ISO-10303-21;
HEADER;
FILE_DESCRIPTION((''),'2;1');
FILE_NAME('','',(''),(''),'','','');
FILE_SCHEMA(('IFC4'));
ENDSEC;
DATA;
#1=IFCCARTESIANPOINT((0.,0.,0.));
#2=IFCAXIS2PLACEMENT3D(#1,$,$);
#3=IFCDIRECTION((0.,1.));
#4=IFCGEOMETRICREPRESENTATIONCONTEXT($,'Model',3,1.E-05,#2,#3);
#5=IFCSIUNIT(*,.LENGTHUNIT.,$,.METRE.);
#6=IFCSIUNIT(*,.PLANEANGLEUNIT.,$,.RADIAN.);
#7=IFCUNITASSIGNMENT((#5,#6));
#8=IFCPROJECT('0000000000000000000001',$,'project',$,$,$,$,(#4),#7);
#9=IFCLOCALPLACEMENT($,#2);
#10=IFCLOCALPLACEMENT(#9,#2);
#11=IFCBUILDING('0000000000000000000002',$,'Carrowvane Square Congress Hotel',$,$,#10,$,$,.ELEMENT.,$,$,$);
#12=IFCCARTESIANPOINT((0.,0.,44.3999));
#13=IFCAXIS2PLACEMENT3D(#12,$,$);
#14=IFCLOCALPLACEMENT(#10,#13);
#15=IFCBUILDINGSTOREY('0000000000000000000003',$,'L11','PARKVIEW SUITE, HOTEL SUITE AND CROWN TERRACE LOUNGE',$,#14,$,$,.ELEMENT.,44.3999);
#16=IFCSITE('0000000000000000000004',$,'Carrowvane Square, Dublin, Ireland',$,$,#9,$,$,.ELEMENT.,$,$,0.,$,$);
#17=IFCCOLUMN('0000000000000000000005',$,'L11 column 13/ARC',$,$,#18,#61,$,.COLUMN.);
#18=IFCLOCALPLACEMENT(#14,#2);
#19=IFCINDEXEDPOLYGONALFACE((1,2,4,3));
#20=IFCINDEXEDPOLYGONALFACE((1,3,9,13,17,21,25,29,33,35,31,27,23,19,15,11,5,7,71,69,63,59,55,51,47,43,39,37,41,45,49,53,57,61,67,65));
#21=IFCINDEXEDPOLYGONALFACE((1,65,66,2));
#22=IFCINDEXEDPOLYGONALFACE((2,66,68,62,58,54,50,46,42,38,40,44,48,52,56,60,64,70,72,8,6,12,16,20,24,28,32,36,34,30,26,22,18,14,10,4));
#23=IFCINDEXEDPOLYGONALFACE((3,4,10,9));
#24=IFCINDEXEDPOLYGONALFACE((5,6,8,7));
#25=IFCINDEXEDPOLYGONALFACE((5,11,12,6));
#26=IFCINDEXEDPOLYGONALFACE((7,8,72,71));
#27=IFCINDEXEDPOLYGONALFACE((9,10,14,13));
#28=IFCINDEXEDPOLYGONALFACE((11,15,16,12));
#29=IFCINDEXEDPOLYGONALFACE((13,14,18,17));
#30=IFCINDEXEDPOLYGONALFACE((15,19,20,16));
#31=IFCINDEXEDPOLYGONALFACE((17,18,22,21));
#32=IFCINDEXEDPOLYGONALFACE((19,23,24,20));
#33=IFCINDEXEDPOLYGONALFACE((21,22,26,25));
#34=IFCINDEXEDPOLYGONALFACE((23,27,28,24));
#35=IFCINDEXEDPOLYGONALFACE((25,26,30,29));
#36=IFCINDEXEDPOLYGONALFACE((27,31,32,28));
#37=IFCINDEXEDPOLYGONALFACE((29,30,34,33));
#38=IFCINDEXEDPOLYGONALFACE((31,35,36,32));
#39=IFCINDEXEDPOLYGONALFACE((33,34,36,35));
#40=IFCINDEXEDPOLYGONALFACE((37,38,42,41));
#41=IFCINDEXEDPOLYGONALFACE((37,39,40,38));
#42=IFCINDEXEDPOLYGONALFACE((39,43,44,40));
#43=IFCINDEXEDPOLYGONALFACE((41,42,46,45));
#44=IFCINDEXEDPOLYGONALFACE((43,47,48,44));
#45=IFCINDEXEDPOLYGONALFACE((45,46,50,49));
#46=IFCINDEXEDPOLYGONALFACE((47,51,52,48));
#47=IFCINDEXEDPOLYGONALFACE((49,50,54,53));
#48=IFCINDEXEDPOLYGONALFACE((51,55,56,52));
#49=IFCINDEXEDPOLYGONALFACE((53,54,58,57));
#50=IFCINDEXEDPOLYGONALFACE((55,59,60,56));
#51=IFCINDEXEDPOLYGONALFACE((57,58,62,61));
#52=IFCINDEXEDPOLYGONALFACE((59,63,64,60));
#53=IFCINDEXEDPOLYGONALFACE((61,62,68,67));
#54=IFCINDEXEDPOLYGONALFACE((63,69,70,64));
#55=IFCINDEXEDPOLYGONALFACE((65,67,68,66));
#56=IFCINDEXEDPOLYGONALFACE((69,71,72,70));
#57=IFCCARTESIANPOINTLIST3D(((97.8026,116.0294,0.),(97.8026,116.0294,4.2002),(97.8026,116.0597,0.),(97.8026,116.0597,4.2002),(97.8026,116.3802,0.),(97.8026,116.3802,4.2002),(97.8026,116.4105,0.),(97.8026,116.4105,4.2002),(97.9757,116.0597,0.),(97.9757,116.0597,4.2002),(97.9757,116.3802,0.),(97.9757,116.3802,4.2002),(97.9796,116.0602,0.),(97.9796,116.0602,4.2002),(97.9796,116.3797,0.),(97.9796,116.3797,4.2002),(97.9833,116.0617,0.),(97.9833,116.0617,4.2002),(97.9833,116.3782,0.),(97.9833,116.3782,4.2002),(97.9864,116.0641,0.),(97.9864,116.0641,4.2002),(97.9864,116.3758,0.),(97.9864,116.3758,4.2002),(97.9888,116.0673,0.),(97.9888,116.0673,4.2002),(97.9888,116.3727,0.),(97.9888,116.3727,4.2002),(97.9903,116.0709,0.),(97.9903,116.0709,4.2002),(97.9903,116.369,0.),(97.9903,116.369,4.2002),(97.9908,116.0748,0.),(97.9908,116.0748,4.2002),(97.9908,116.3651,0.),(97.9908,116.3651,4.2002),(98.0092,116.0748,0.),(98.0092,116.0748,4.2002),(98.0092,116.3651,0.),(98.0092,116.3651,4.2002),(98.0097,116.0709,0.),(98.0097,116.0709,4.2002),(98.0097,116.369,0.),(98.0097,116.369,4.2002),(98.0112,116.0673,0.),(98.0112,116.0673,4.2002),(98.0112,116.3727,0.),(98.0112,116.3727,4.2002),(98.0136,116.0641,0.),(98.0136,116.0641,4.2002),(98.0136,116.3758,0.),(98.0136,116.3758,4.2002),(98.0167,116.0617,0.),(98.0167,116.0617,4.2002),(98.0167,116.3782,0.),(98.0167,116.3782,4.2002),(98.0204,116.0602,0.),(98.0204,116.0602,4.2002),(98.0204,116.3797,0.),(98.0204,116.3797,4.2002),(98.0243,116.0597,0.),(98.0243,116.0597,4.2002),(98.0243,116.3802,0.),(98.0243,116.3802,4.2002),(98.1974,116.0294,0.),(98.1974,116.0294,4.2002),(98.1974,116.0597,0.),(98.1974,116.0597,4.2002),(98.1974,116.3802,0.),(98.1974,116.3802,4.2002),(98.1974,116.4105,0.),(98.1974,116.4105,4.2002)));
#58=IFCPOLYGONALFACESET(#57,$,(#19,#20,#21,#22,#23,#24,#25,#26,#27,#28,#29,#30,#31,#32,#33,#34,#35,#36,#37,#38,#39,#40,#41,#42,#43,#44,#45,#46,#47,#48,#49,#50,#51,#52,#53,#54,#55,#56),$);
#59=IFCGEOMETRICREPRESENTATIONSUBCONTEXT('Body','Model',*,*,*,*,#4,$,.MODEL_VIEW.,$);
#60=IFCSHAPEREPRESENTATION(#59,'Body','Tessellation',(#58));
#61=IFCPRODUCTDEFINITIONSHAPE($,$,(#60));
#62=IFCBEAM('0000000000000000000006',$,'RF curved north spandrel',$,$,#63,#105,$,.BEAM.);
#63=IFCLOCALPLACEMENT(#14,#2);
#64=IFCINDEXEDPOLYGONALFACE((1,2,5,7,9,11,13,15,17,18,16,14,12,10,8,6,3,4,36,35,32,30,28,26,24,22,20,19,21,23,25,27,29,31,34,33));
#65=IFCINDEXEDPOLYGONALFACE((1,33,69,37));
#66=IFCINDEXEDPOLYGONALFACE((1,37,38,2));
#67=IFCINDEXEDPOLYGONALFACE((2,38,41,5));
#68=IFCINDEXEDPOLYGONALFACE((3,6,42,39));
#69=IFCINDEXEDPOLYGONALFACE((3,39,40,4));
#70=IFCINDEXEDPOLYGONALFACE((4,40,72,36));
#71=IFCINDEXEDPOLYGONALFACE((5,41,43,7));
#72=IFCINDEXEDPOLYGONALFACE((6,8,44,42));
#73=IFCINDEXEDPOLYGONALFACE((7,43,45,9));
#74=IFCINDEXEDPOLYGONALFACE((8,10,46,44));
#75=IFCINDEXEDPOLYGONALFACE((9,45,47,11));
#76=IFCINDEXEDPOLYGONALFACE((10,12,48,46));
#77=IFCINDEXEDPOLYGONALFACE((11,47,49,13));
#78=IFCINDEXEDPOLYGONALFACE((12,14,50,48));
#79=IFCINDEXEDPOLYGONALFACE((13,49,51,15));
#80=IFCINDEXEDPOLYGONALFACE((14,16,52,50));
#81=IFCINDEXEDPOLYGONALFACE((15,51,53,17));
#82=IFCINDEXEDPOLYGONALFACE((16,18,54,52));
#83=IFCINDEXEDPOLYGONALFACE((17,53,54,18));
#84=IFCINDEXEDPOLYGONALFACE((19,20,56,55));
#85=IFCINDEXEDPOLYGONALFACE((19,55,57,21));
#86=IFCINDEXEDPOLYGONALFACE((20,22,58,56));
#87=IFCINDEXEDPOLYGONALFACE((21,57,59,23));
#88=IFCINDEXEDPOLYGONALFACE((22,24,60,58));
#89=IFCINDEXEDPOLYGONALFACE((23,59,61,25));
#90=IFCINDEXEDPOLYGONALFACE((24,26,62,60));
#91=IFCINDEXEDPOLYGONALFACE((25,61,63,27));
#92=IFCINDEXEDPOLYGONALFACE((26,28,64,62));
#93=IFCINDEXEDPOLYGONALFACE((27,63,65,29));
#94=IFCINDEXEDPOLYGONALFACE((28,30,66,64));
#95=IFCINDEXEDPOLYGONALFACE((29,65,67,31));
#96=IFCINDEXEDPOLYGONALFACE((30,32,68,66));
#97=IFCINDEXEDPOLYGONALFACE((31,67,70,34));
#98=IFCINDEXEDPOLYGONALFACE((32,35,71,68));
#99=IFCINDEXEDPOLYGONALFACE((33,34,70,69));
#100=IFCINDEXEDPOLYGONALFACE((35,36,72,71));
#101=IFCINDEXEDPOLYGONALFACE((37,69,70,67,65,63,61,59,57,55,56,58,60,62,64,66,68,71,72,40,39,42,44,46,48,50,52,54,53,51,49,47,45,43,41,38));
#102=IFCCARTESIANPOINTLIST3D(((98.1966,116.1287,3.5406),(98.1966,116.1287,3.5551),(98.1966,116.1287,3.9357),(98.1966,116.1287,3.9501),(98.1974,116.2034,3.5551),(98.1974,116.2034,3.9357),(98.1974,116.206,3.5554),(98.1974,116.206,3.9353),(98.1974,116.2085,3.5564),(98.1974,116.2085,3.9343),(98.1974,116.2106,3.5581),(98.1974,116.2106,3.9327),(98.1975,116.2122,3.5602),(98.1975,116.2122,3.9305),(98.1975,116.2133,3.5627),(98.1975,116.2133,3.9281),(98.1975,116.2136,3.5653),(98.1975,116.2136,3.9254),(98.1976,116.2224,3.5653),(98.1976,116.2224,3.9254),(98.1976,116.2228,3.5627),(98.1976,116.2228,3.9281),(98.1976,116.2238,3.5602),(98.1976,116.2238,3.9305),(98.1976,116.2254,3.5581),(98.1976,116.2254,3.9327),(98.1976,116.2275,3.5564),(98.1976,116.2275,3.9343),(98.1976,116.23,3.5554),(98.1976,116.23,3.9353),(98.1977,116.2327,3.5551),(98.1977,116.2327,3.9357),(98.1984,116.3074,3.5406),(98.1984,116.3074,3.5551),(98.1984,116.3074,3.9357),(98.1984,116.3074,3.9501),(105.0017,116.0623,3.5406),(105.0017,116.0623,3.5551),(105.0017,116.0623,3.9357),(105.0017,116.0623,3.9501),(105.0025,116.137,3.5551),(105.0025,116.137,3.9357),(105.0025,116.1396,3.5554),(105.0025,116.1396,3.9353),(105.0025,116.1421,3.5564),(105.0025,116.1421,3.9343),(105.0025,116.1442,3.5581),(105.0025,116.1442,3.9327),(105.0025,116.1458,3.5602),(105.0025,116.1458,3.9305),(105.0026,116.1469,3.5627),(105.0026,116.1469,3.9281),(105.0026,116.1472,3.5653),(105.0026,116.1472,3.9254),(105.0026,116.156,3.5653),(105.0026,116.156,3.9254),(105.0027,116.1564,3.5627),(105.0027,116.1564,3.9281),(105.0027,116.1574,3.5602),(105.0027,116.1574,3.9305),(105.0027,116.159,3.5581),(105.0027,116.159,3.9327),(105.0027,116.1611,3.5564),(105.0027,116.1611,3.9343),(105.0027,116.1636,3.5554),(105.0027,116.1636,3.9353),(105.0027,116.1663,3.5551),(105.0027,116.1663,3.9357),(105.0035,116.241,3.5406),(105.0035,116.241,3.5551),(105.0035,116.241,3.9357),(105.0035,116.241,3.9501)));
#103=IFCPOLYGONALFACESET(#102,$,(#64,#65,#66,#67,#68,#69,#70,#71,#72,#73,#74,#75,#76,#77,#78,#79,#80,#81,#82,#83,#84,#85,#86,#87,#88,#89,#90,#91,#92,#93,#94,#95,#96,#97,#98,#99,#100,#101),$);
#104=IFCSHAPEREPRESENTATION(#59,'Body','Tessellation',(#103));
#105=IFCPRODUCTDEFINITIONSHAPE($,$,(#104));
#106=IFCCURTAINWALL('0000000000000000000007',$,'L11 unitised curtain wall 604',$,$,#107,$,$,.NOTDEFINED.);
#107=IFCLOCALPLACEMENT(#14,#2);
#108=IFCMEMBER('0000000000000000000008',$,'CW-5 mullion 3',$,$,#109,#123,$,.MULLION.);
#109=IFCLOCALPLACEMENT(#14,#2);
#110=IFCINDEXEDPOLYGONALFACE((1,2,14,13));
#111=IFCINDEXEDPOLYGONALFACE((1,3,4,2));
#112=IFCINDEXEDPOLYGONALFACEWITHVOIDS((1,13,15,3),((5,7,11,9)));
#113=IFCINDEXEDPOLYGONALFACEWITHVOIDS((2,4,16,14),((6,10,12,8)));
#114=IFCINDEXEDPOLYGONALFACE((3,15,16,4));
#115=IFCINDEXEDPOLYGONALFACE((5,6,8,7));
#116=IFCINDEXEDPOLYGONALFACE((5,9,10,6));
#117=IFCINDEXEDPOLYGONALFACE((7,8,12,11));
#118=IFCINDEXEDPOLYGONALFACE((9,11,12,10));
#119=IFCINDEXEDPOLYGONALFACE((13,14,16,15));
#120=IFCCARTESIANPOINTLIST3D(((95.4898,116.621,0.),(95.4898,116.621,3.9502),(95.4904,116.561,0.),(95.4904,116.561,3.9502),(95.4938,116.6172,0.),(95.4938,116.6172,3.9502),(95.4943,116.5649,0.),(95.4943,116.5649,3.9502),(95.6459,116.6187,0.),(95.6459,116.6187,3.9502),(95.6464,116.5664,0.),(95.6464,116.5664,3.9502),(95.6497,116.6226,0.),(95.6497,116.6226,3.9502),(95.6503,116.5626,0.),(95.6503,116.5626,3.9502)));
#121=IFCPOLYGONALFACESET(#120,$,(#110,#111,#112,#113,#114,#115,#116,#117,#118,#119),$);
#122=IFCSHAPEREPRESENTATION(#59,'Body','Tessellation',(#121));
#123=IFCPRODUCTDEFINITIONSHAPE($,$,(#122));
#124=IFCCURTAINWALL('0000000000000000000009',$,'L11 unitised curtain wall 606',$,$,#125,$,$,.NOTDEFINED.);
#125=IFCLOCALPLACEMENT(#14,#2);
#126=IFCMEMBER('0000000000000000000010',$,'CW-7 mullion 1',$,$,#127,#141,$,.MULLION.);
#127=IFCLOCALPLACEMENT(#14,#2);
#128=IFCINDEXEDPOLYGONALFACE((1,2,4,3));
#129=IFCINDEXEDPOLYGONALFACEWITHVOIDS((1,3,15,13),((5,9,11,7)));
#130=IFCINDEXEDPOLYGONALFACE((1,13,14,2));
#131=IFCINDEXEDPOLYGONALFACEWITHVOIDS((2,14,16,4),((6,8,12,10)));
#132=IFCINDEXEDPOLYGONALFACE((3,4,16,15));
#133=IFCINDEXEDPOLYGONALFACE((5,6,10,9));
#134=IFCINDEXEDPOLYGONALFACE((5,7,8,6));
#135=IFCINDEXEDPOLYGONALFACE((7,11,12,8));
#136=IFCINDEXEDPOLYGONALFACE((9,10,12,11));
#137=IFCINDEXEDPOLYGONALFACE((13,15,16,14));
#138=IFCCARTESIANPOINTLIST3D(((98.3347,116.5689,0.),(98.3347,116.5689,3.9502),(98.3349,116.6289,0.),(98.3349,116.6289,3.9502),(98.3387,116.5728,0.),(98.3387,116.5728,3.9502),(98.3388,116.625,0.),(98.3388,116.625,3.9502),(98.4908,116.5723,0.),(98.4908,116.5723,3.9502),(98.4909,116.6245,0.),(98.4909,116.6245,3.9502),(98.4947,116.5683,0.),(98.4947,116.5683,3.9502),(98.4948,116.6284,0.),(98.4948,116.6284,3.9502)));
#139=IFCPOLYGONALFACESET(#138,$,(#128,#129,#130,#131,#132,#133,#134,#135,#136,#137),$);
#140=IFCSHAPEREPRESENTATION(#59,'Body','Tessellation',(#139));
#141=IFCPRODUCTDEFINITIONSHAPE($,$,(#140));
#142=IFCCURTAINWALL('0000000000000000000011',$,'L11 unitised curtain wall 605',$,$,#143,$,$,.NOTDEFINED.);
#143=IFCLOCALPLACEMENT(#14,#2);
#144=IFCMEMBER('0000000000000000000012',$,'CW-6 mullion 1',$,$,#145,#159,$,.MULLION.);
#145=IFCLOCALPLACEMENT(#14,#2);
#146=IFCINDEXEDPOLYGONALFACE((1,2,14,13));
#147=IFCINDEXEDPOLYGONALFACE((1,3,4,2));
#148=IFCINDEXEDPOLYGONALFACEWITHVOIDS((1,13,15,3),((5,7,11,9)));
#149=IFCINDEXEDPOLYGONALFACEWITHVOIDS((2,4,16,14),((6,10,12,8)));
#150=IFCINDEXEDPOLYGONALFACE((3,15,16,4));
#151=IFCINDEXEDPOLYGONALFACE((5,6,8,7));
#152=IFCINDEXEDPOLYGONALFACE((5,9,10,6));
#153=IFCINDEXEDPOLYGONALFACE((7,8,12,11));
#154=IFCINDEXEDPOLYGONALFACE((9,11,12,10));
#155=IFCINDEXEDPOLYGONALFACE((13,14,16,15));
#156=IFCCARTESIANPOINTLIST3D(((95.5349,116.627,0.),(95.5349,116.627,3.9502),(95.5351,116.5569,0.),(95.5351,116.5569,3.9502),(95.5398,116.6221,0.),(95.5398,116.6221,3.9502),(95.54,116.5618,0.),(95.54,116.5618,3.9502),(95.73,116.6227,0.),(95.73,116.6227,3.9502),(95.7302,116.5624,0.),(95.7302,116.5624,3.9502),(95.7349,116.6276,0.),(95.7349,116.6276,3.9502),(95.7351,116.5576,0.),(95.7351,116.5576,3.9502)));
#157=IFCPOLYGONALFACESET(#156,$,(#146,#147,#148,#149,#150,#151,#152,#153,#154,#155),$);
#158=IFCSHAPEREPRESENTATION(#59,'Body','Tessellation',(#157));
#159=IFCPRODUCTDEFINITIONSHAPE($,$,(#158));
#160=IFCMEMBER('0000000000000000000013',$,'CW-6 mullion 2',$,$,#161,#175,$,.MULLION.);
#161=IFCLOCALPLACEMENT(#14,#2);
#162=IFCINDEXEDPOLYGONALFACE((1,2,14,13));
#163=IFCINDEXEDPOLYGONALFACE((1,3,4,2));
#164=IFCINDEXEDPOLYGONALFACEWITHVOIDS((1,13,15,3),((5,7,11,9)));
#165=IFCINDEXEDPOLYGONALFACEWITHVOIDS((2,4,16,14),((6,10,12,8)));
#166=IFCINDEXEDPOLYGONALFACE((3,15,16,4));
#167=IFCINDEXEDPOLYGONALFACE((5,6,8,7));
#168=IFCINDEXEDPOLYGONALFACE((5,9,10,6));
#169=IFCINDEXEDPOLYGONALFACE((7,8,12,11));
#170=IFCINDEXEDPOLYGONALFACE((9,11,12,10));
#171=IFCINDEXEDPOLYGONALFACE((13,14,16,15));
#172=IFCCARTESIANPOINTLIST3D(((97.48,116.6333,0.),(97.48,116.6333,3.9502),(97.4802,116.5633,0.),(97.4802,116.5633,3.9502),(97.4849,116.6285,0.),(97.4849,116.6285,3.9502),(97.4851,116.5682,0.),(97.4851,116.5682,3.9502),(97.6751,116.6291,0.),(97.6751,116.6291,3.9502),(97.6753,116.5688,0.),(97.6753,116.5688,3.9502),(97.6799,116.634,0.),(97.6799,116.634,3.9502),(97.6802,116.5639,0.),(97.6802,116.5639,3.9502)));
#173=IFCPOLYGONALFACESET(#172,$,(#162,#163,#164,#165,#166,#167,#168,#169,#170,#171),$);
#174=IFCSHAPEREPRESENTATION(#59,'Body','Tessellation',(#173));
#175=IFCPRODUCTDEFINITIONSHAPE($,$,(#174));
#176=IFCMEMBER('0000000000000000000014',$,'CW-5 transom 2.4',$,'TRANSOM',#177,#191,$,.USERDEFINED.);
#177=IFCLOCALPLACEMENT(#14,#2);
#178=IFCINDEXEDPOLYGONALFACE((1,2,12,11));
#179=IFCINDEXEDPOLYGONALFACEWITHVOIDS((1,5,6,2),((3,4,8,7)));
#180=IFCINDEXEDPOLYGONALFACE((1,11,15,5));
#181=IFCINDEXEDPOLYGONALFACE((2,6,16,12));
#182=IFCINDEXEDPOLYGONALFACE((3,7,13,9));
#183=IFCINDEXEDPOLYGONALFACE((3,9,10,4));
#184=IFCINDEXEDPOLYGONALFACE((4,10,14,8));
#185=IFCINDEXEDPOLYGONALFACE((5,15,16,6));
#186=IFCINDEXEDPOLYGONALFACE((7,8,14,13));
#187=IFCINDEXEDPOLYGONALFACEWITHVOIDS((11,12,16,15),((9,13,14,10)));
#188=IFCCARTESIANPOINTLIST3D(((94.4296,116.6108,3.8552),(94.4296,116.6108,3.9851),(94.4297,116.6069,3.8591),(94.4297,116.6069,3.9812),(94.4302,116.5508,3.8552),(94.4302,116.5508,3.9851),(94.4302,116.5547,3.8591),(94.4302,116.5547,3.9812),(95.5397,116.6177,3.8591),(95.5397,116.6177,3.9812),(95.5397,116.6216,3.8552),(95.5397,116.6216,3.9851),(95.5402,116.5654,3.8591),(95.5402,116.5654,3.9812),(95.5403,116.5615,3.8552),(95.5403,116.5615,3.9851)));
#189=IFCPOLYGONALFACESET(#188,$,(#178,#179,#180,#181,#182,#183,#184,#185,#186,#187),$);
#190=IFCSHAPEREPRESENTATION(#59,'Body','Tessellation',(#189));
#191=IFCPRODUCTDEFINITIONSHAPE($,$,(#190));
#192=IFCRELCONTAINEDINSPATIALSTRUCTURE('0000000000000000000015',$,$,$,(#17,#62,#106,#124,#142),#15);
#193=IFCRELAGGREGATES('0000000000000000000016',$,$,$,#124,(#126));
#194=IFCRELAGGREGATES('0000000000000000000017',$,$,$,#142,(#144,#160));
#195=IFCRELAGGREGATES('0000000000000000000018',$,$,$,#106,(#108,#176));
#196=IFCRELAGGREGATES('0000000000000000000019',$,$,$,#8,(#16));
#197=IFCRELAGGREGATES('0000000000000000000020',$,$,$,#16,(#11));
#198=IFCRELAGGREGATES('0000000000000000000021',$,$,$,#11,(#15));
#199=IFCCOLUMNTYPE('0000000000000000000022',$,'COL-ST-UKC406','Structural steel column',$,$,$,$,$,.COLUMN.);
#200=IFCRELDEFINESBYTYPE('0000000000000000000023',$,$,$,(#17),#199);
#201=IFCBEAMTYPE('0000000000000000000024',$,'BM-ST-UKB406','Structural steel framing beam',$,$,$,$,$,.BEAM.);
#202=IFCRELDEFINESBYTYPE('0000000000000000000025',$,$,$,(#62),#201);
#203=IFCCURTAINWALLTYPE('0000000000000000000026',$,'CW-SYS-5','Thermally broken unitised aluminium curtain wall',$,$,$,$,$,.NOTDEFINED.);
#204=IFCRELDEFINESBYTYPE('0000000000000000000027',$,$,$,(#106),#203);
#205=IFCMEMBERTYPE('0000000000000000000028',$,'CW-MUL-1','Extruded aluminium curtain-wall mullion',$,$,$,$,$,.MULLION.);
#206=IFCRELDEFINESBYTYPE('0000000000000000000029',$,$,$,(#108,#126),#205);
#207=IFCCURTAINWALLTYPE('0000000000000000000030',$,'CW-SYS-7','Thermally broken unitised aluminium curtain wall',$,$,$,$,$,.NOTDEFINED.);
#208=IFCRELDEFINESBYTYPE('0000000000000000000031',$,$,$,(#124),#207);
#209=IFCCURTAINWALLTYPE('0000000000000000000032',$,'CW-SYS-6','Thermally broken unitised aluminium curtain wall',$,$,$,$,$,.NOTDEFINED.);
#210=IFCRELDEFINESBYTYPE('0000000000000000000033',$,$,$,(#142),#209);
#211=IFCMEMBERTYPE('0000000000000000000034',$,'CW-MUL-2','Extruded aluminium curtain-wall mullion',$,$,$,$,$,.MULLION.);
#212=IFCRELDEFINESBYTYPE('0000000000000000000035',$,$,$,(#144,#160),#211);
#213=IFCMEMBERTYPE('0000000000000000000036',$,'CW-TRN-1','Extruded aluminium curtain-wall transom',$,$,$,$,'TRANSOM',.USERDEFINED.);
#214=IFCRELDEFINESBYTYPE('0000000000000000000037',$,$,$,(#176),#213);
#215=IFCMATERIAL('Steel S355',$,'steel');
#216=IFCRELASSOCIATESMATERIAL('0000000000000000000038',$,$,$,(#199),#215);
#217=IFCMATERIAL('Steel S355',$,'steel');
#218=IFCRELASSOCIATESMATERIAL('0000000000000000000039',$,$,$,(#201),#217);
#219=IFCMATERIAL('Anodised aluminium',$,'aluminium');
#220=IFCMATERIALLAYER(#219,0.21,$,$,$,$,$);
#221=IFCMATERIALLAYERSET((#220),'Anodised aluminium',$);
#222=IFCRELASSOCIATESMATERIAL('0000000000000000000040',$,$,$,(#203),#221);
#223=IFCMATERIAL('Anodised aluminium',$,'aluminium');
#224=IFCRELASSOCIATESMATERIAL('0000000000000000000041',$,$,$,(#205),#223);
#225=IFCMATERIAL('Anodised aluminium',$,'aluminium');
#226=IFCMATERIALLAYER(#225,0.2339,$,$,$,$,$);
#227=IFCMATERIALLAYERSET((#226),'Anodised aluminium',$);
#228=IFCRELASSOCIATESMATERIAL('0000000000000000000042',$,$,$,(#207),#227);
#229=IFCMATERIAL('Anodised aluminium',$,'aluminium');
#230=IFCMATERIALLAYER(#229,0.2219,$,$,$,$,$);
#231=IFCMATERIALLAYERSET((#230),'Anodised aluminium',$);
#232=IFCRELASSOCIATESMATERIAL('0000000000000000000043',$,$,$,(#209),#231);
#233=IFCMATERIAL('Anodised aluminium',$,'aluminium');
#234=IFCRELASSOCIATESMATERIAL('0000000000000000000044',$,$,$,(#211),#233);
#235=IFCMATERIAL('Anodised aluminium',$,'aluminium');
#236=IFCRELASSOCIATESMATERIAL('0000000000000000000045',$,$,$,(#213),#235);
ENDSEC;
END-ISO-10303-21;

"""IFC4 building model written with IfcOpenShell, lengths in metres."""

from ifc_helpers import new_model, si_unit, direction, frame, origin, origin_2d, place, context, subcontext, project, spatial, hollow_rectangle, i_section, extrude, material, layer, layer_set, material_profile, profile_set, type_object, element, aggregate, save


model = new_model("IFC4")

# Units and contexts
model_context = context("Model", 3, precision=1e-05, world=origin(), true_north=direction((0.0, 1.0)))
body_context = subcontext(model_context, "Body", "Model", "MODEL_VIEW")
ifc_project = project(units=[si_unit("LENGTHUNIT", "METRE"), si_unit("PLANEANGLEUNIT", "RADIAN")], contexts=[model_context])

# Site, building, storey
site_placement = place(None, origin())
site = spatial("IfcSite", under=ifc_project, at=site_placement, Name="Carrowvane Square, Dublin, Ireland", CompositionType="ELEMENT", RefElevation=0.0)
building_placement = place(site_placement, origin())
building = spatial("IfcBuilding", under=site, at=building_placement, Name="Carrowvane Square Congress Hotel", CompositionType="ELEMENT")
storey_placement = place(building_placement, frame((0.0, 0.0, 44.3999)))
storey = spatial("IfcBuildingStorey", under=building, at=storey_placement, Name="L11", Description="PARKVIEW SUITE, HOTEL SUITE AND CROWN TERRACE LOUNGE", CompositionType="ELEMENT", Elevation=44.3999)

# Column
ifc_material_1 = material(Name="Steel S355", Category="steel")
ifc_material_profile_1 = material_profile(ifc_material_1, i_section(OverallWidth=0.3948, OverallDepth=0.3811, WebThickness=0.0183, FlangeThickness=0.0303, FilletRadius=0.0151, at=origin_2d()), Name="UKC 356x406x235")
ifc_profile_set_1 = profile_set([ifc_material_profile_1], Name="Steel S355")
column_type = type_object("IfcColumnType", Name="COL-ST-UKC406", Description="Structural steel column", PredefinedType="COLUMN", material=ifc_profile_set_1)
column_placement = place(storey_placement, frame((98.0, 116.22, 0.0), z_axis=(0.0, 0.0, 1.0), x_axis=(1.0, 0.0, 0.0)))
element("IfcColumn", 1, at=column_placement, inside=storey, type_object=column_type, Name="L11 column 13/ARC", PredefinedType="COLUMN", context=body_context, shape_type="SweptSolid", body=[
    extrude(i_section(OverallWidth=0.3948, OverallDepth=0.3811, WebThickness=0.0183, FlangeThickness=0.0303, FilletRadius=0.0151, at=origin_2d()), origin(), (0.0, 0.0, 1.0), 4.2002),
])

# Beam
ifc_material_2 = material(Name="Steel S355", Category="steel")
ifc_material_profile_2 = material_profile(ifc_material_2, i_section(OverallWidth=0.1787, OverallDepth=0.4094, WebThickness=0.0088, FlangeThickness=0.0144, FilletRadius=0.0103, at=origin_2d()), Name="UKB 406x178x67")
ifc_profile_set_2 = profile_set([ifc_material_profile_2], Name="Steel S355")
beam_type = type_object("IfcBeamType", Name="BM-ST-UKB406", Description="Structural steel framing beam", PredefinedType="BEAM", material=ifc_profile_set_2)
beam_placement = place(storey_placement, frame((98.1975, 116.218, 3.7454), z_axis=(0.999952, -0.009758, 0.0), x_axis=(0.009758, 0.999952, 0.0)))
element("IfcBeam", 2, at=beam_placement, inside=storey, type_object=beam_type, Name="RF curved north spandrel", PredefinedType="BEAM", context=body_context, shape_type="SweptSolid", body=[
    extrude(i_section(OverallWidth=0.1787, OverallDepth=0.4094, WebThickness=0.0088, FlangeThickness=0.0144, FilletRadius=0.0103, at=origin_2d()), origin(), (0.0, 0.0, 1.0), 6.8054),
])

# Curtain walls, members
ifc_material_3 = material(Name="Anodised aluminium", Category="aluminium")
ifc_layer_1 = layer(ifc_material_3, 0.21)
ifc_layer_set_1 = layer_set([ifc_layer_1], Name="Anodised aluminium")
curtain_wall_type_1 = type_object("IfcCurtainWallType", Name="CW-SYS-5", Description="Thermally broken unitised aluminium curtain wall", PredefinedType="NOTDEFINED", material=ifc_layer_set_1)
curtain_wall_1_placement = place(storey_placement, origin())
curtain_wall_1 = element("IfcCurtainWall", 3, at=curtain_wall_1_placement, inside=storey, type_object=curtain_wall_type_1, Name="L11 unitised curtain wall 604", PredefinedType="NOTDEFINED")
ifc_material_4 = material(Name="Anodised aluminium", Category="aluminium")
ifc_material_profile_3 = material_profile(ifc_material_4, hollow_rectangle(XDim=0.0601, YDim=0.1599, WallThickness=0.0039, at=origin_2d()), Name="CW-ML 60x160x4")
ifc_profile_set_3 = profile_set([ifc_material_profile_3], Name="Anodised aluminium")
member_type_1 = type_object("IfcMemberType", Name="CW-MUL-1", Description="Extruded aluminium curtain-wall mullion", PredefinedType="MULLION", material=ifc_profile_set_3)
member_1_placement = place(storey_placement, frame((95.5701, 116.5918, 0.0), z_axis=(0.0, 0.0, 1.0), x_axis=(-0.009783, 0.999952, 0.0)))
member_1 = element("IfcMember", 4, at=member_1_placement, type_object=member_type_1, Name="CW-5 mullion 3", PredefinedType="MULLION", context=body_context, shape_type="SweptSolid", body=[
    extrude(hollow_rectangle(XDim=0.0601, YDim=0.1599, WallThickness=0.0039, at=origin_2d()), origin(), (0.0, 0.0, 1.0), 3.9502),
])
ifc_material_5 = material(Name="Anodised aluminium", Category="aluminium")
ifc_layer_2 = layer(ifc_material_5, 0.2339)
ifc_layer_set_2 = layer_set([ifc_layer_2], Name="Anodised aluminium")
curtain_wall_type_2 = type_object("IfcCurtainWallType", Name="CW-SYS-7", Description="Thermally broken unitised aluminium curtain wall", PredefinedType="NOTDEFINED", material=ifc_layer_set_2)
curtain_wall_2_placement = place(storey_placement, origin())
curtain_wall_2 = element("IfcCurtainWall", 5, at=curtain_wall_2_placement, inside=storey, type_object=curtain_wall_type_2, Name="L11 unitised curtain wall 606", PredefinedType="NOTDEFINED")
member_2_placement = place(storey_placement, frame((98.4148, 116.5986, 0.0), z_axis=(0.0, 0.0, 1.0), x_axis=(0.00327, 0.999995, 0.0)))
member_2 = element("IfcMember", 6, at=member_2_placement, type_object=member_type_1, Name="CW-7 mullion 1", PredefinedType="MULLION", context=body_context, shape_type="SweptSolid", body=[
    extrude(hollow_rectangle(XDim=0.0601, YDim=0.1599, WallThickness=0.0039, at=origin_2d()), origin(), (0.0, 0.0, 1.0), 3.9502),
])
aggregate(curtain_wall_2, [member_2])

# Curtain wall, members
ifc_material_6 = material(Name="Anodised aluminium", Category="aluminium")
ifc_layer_3 = layer(ifc_material_6, 0.2219)
ifc_layer_set_3 = layer_set([ifc_layer_3], Name="Anodised aluminium")
curtain_wall_type_3 = type_object("IfcCurtainWallType", Name="CW-SYS-6", Description="Thermally broken unitised aluminium curtain wall", PredefinedType="NOTDEFINED", material=ifc_layer_set_3)
curtain_wall_3_placement = place(storey_placement, origin())
curtain_wall_3 = element("IfcCurtainWall", 7, at=curtain_wall_3_placement, inside=storey, type_object=curtain_wall_type_3, Name="L11 unitised curtain wall 605", PredefinedType="NOTDEFINED")
ifc_material_7 = material(Name="Anodised aluminium", Category="aluminium")
ifc_material_profile_4 = material_profile(ifc_material_7, hollow_rectangle(XDim=0.0701, YDim=0.2, WallThickness=0.0049, at=origin_2d()), Name="CW-ML 70x200x5")
ifc_profile_set_4 = profile_set([ifc_material_profile_4], Name="Anodised aluminium")
member_type_2 = type_object("IfcMemberType", Name="CW-MUL-2", Description="Extruded aluminium curtain-wall mullion", PredefinedType="MULLION", material=ifc_profile_set_4)
member_3_placement = place(storey_placement, frame((95.635, 116.5923, 0.0), z_axis=(0.0, 0.0, 1.0), x_axis=(-0.00327, 0.999995, 0.0)))
member_3 = element("IfcMember", 8, at=member_3_placement, type_object=member_type_2, Name="CW-6 mullion 1", PredefinedType="MULLION", context=body_context, shape_type="SweptSolid", body=[
    extrude(hollow_rectangle(XDim=0.0701, YDim=0.2, WallThickness=0.0049, at=origin_2d()), origin(), (0.0, 0.0, 1.0), 3.9502),
])
member_4_placement = place(storey_placement, frame((97.5801, 116.5986, 0.0), z_axis=(0.0, 0.0, 1.0), x_axis=(-0.00327, 0.999995, 0.0)))
member_4 = element("IfcMember", 9, at=member_4_placement, type_object=member_type_2, Name="CW-6 mullion 2", PredefinedType="MULLION", context=body_context, shape_type="SweptSolid", body=[
    extrude(hollow_rectangle(XDim=0.0701, YDim=0.2, WallThickness=0.0049, at=origin_2d()), origin(), (0.0, 0.0, 1.0), 3.9502),
])

# Member
ifc_material_8 = material(Name="Anodised aluminium", Category="aluminium")
ifc_material_profile_5 = material_profile(ifc_material_8, hollow_rectangle(XDim=0.0601, YDim=0.1299, WallThickness=0.0039, at=origin_2d()), Name="CW-TR 60x130x4")
ifc_profile_set_5 = profile_set([ifc_material_profile_5], Name="Anodised aluminium")
member_type_3 = type_object("IfcMemberType", Name="CW-TRN-1", Description="Extruded aluminium curtain-wall transom", ElementType="TRANSOM", PredefinedType="USERDEFINED", material=ifc_profile_set_5)
member_5_placement = place(storey_placement, frame((94.4299, 116.5808, 3.9202), z_axis=(0.999953, 0.009676, 0.0), x_axis=(-0.009676, 0.999953, 0.0)))
member_5 = element("IfcMember", 10, at=member_5_placement, type_object=member_type_3, Name="CW-5 transom 2.4", ObjectType="TRANSOM", PredefinedType="USERDEFINED", context=body_context, shape_type="SweptSolid", body=[
    extrude(hollow_rectangle(XDim=0.0601, YDim=0.1299, WallThickness=0.0039, at=origin_2d()), origin(), (0.0, 0.0, 1.0), 1.1101),
])

aggregate(curtain_wall_3, [member_3, member_4])
aggregate(curtain_wall_1, [member_1, member_5])

save(model, "model.ifc")
